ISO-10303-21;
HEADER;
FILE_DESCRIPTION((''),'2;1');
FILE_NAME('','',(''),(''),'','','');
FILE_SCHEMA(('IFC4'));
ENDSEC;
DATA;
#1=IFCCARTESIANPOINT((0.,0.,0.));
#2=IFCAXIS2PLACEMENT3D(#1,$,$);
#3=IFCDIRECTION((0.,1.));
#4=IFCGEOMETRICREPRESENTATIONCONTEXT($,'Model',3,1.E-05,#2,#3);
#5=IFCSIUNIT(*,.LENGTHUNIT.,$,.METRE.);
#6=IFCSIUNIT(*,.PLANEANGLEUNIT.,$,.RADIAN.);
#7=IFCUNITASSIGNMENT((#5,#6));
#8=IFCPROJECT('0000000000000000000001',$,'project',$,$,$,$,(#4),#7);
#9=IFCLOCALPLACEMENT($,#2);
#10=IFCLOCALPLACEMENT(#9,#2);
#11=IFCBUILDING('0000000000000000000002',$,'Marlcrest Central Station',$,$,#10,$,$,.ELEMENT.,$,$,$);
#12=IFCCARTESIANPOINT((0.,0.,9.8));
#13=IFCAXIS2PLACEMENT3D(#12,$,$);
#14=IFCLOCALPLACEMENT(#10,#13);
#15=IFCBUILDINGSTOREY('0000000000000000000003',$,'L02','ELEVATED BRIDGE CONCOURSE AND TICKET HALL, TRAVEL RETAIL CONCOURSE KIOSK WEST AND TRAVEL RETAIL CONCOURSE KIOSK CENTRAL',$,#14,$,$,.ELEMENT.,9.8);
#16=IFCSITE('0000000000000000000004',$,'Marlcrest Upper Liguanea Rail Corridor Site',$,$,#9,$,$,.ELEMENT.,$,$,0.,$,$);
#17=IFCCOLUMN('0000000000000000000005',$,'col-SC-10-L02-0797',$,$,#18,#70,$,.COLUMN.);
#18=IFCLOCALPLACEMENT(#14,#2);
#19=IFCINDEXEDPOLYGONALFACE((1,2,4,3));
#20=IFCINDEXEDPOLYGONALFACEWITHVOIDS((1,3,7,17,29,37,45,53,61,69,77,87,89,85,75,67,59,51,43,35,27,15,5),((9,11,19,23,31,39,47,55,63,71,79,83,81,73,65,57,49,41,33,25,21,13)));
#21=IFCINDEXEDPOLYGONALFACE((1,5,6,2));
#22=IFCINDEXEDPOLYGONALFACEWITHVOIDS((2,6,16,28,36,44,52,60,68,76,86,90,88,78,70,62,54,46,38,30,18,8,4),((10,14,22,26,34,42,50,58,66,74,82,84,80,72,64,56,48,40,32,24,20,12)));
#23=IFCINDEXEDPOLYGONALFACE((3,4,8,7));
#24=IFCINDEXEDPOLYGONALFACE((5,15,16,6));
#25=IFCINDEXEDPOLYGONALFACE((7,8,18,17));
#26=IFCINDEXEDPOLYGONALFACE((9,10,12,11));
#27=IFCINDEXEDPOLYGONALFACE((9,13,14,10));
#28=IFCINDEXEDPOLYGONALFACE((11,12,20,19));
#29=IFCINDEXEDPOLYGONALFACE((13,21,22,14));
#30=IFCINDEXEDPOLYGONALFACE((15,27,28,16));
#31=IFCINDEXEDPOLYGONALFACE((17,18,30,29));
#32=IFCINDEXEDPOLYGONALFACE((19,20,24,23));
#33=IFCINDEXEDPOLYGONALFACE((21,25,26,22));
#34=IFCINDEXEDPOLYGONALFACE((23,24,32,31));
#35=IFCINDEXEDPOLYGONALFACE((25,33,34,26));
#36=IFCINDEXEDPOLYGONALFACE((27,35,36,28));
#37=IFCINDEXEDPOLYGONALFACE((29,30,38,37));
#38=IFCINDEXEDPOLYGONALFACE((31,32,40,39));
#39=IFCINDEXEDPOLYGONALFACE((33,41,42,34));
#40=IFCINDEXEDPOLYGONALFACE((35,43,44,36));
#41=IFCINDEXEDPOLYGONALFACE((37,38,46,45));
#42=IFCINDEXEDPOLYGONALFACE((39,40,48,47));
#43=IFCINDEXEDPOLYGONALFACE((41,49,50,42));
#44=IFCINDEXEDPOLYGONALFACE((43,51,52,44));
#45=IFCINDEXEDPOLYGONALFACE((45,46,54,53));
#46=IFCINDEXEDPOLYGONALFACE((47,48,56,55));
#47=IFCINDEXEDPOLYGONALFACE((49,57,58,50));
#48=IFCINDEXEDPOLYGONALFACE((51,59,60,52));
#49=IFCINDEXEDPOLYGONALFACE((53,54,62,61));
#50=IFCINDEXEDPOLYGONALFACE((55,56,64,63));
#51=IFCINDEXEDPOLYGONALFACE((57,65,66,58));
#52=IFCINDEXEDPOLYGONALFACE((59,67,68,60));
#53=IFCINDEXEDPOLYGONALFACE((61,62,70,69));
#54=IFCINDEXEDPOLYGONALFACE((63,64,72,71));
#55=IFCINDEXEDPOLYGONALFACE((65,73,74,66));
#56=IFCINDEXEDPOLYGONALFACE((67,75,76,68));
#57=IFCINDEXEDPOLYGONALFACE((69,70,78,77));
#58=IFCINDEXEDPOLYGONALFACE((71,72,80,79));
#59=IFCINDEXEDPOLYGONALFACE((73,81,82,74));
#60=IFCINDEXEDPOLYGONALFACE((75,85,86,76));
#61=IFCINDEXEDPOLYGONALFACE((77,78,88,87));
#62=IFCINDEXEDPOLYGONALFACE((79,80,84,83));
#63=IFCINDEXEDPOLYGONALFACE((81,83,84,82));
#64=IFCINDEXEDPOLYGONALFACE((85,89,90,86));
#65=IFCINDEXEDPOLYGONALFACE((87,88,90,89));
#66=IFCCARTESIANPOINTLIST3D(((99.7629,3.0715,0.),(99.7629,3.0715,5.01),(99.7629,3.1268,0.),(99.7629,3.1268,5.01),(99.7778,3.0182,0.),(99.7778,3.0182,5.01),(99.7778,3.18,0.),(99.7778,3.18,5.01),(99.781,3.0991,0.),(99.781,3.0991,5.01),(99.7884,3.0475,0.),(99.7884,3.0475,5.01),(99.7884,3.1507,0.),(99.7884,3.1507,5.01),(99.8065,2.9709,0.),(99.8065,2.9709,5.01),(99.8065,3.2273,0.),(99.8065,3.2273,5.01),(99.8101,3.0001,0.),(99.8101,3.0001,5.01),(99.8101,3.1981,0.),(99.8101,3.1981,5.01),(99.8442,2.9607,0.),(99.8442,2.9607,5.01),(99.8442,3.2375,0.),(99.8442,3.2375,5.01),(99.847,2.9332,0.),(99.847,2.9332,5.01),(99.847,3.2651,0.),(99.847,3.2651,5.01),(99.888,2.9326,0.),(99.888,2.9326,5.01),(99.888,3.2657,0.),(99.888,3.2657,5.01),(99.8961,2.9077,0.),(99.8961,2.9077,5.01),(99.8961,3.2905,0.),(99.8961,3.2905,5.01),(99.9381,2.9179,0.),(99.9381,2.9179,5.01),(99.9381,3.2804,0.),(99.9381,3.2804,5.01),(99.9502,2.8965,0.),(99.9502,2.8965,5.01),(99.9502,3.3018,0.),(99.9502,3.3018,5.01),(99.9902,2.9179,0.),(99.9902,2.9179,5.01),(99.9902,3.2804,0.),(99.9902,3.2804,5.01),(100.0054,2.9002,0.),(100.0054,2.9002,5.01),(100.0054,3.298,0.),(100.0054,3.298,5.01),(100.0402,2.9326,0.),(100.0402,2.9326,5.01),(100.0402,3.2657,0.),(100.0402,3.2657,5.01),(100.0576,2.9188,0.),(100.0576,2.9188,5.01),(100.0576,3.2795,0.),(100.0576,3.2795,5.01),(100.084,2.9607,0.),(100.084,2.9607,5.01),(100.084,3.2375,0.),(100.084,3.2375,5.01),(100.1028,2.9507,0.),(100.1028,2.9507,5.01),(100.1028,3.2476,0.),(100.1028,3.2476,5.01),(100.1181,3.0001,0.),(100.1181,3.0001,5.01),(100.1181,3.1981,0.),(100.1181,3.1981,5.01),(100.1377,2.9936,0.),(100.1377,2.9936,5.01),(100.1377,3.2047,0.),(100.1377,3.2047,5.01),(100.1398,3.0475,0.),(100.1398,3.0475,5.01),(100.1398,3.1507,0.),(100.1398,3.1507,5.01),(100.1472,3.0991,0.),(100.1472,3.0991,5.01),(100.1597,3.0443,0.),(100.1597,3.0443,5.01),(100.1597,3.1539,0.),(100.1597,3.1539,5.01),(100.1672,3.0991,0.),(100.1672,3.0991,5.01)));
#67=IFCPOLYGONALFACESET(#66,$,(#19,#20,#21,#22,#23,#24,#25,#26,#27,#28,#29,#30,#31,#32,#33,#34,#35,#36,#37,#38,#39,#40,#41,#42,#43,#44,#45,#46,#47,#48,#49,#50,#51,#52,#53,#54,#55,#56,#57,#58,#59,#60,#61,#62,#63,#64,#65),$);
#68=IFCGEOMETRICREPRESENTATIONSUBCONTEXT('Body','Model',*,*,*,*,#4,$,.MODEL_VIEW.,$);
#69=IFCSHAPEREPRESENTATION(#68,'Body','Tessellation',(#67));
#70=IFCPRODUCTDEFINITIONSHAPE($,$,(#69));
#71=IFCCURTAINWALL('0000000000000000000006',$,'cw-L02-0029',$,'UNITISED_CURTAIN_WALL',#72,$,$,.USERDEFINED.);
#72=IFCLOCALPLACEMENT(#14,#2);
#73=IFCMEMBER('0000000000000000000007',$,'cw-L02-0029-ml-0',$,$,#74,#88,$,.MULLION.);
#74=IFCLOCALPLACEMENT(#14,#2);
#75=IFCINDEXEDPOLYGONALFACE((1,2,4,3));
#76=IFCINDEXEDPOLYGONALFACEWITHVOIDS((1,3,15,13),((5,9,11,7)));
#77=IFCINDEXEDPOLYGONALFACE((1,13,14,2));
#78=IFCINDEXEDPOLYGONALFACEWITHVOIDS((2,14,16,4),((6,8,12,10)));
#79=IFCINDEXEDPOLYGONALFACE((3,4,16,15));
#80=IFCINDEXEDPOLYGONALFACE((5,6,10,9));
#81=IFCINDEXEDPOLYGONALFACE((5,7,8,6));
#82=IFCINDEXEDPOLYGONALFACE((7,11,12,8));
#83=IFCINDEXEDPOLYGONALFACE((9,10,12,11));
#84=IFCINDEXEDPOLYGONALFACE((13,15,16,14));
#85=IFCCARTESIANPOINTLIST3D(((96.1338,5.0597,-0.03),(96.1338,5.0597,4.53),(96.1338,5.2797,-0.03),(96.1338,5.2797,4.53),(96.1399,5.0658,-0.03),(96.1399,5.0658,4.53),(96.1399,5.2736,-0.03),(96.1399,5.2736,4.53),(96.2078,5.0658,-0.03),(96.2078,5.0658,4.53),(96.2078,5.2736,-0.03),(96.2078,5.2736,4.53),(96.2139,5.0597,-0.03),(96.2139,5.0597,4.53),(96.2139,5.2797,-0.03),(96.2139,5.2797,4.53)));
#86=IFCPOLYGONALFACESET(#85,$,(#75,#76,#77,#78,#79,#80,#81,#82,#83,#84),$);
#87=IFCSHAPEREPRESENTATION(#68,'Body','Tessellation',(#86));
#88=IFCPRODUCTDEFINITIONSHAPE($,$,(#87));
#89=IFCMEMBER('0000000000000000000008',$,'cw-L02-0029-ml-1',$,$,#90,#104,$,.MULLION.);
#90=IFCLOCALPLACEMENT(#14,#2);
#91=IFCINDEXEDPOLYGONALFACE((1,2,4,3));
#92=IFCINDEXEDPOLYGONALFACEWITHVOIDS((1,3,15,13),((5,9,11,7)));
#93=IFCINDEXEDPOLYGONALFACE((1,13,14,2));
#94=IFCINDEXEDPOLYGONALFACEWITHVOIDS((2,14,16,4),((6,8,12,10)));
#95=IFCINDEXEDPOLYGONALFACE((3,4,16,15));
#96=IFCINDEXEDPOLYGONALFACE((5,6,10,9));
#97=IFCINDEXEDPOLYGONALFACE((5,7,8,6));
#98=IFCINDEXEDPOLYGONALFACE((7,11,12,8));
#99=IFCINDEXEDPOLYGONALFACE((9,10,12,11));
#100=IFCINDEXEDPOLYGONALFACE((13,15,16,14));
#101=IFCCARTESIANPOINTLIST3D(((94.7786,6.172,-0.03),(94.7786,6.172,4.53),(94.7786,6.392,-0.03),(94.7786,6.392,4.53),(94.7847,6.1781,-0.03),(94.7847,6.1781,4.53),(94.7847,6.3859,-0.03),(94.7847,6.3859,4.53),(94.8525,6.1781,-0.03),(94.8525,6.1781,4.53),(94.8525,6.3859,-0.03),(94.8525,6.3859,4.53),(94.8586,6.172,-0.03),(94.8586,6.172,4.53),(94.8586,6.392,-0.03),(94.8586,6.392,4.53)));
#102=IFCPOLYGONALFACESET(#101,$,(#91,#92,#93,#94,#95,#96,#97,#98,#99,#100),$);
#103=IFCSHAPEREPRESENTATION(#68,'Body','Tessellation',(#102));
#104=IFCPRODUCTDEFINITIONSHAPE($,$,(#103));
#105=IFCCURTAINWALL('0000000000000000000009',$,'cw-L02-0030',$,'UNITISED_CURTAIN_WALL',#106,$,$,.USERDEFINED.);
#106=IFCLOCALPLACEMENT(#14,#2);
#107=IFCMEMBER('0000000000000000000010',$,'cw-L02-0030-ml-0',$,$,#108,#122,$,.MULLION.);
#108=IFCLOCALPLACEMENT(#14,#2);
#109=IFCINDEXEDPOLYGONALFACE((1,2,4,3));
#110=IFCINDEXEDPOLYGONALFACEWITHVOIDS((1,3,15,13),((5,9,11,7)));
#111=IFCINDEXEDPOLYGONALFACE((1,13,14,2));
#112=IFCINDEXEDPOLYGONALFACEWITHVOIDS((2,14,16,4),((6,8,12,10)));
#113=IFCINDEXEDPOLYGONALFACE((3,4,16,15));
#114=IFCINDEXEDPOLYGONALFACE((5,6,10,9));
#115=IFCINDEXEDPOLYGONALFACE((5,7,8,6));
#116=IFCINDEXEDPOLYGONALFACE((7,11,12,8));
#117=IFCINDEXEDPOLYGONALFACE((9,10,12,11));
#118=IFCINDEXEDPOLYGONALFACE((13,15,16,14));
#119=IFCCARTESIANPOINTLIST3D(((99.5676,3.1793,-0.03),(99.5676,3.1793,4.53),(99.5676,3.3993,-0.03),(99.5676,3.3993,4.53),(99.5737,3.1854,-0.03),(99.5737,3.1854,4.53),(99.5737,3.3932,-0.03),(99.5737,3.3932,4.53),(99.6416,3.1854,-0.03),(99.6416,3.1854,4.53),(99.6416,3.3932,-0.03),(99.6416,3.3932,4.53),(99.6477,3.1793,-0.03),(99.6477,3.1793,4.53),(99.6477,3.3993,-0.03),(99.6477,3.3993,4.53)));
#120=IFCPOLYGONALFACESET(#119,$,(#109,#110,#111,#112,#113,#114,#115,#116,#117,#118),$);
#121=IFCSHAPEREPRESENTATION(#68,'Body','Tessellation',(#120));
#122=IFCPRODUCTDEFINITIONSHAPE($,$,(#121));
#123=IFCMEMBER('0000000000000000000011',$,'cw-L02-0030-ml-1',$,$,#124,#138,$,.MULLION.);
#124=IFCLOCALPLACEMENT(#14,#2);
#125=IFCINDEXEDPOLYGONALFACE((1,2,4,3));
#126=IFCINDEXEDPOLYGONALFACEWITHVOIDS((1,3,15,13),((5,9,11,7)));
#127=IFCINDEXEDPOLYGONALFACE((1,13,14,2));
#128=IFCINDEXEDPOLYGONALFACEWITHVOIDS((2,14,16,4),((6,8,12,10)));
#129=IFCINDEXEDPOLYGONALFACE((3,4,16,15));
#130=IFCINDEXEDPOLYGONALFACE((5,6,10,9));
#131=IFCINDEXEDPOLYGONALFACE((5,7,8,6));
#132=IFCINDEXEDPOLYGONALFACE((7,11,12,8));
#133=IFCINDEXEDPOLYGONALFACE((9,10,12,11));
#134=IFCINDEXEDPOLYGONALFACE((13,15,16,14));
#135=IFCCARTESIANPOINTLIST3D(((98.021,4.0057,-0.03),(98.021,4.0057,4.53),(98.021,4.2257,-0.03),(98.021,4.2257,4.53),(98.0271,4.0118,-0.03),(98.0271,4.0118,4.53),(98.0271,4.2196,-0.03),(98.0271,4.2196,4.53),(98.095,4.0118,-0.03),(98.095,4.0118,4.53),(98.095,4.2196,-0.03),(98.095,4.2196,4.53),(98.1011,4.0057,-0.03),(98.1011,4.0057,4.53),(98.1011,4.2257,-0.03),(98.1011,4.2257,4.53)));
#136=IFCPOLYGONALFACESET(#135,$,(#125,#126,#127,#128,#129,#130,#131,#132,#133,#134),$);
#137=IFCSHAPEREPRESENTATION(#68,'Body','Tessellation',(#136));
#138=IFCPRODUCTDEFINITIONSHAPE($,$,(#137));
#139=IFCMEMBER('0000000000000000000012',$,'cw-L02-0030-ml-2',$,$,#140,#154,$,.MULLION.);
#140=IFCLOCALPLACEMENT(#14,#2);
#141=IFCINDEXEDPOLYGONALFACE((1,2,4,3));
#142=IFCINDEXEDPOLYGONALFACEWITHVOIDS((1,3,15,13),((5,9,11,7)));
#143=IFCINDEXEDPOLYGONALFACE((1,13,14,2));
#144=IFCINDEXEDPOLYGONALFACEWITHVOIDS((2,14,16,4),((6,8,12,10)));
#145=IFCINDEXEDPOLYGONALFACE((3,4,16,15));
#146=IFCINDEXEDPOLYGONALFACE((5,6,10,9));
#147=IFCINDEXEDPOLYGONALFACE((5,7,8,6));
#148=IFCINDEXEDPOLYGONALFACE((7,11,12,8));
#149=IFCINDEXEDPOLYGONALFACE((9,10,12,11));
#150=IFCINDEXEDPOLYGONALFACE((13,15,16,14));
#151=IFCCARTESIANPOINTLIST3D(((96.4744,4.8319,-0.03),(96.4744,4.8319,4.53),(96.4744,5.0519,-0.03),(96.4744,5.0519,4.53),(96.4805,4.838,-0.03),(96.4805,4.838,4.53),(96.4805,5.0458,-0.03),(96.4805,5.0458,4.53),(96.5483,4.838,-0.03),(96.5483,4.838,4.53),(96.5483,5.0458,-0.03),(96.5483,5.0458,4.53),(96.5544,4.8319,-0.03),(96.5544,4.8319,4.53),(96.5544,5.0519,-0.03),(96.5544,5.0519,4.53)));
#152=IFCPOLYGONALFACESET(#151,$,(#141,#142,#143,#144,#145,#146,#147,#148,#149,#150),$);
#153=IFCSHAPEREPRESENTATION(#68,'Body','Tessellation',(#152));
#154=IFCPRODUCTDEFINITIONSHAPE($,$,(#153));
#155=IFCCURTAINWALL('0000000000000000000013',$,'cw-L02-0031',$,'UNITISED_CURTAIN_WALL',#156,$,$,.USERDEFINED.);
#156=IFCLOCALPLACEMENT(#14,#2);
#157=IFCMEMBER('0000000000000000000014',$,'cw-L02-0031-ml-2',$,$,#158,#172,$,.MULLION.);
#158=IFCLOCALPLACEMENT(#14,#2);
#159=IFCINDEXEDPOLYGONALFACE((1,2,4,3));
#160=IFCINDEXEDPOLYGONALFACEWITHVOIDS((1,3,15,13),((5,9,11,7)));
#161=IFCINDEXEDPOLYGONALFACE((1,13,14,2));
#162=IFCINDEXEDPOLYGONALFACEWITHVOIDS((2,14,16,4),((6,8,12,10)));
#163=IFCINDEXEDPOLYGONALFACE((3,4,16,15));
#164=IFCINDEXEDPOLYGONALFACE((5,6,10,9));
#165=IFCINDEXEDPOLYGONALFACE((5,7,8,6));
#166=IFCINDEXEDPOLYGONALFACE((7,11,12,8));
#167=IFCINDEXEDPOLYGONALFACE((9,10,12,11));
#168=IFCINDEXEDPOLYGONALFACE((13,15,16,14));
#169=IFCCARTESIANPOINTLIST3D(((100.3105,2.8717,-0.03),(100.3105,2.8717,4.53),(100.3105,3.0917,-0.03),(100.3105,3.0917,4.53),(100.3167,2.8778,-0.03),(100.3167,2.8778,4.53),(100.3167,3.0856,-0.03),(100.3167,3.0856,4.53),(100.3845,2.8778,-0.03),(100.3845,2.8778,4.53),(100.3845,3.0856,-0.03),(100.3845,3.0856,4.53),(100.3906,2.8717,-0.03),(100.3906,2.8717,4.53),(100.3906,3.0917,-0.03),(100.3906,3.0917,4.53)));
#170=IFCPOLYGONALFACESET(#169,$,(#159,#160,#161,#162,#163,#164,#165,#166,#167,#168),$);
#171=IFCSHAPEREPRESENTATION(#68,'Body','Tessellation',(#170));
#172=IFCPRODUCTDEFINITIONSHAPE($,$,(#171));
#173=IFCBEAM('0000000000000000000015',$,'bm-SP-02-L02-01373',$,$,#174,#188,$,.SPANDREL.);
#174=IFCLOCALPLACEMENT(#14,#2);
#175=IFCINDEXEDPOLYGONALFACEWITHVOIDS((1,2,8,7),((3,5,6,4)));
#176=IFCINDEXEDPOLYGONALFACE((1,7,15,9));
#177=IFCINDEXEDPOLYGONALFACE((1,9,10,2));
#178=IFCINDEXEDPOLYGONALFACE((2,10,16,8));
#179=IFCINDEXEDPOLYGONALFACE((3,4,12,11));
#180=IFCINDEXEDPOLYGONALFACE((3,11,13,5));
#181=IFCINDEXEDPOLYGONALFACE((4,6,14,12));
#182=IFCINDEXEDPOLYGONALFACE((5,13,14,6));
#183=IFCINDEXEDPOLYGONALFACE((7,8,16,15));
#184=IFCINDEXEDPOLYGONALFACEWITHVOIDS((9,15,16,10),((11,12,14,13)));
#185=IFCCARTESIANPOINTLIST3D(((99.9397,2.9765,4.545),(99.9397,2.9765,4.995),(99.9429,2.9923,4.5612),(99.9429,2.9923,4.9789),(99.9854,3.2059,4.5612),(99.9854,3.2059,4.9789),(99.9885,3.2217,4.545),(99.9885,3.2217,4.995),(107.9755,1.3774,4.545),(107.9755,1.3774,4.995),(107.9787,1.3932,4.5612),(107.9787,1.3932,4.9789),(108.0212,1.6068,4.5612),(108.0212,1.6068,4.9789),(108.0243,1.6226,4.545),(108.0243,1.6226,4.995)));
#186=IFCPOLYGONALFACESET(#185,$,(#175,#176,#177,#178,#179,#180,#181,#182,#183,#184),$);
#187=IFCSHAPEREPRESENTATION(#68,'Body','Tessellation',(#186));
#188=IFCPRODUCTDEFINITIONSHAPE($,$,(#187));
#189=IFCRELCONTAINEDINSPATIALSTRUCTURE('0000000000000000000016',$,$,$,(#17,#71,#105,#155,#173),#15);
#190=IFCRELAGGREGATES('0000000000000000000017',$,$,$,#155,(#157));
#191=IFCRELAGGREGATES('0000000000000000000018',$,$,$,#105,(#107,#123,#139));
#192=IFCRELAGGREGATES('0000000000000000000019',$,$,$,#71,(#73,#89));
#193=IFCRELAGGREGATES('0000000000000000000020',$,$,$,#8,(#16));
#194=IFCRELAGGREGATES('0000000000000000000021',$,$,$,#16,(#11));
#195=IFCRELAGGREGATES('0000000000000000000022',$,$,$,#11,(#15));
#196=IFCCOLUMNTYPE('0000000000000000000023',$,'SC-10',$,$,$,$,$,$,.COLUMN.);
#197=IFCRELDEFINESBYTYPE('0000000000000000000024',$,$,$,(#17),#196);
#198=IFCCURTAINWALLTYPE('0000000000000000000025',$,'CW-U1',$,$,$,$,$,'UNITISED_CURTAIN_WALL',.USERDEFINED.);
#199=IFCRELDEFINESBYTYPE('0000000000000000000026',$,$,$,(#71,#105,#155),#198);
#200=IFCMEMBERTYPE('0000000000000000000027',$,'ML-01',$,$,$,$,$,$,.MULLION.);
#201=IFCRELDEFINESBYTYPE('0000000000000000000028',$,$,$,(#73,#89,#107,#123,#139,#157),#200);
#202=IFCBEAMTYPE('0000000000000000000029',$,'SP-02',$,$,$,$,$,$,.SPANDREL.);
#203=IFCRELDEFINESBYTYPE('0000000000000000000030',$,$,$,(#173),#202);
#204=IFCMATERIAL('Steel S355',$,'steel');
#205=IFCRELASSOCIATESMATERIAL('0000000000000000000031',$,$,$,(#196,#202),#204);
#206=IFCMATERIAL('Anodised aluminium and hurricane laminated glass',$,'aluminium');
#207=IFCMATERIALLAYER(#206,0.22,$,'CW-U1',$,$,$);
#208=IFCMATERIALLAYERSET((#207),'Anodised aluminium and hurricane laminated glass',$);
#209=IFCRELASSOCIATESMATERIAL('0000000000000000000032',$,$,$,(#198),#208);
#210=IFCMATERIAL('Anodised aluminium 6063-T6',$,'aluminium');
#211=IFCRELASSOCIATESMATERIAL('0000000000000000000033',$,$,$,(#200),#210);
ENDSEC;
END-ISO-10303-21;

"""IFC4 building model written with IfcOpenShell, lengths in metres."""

from ifc_helpers import new_model, si_unit, direction, frame, origin, origin_2d, place, context, subcontext, project, spatial, hollow_rectangle, hollow_circle, extrude, material, layer, layer_set, material_profile, profile_set, type_object, element, aggregate, save


model = new_model("IFC4")

# Units and contexts
model_context = context("Model", 3, precision=1e-05, world=origin(), true_north=direction((0.0, 1.0)))
body_context = subcontext(model_context, "Body", "Model", "MODEL_VIEW")
ifc_project = project(units=[si_unit("LENGTHUNIT", "METRE"), si_unit("PLANEANGLEUNIT", "RADIAN")], contexts=[model_context])

# Site, building, storey
site_placement = place(None, origin())
site = spatial("IfcSite", under=ifc_project, at=site_placement, Name="Marlcrest Upper Liguanea Rail Corridor Site", CompositionType="ELEMENT", RefElevation=0.0)
building_placement = place(site_placement, origin())
building = spatial("IfcBuilding", under=site, at=building_placement, Name="Marlcrest Central Station", CompositionType="ELEMENT")
storey_placement = place(building_placement, frame((0.0, 0.0, 9.8)))
storey = spatial("IfcBuildingStorey", under=building, at=storey_placement, Name="L02", Description="ELEVATED BRIDGE CONCOURSE AND TICKET HALL, TRAVEL RETAIL CONCOURSE KIOSK WEST AND TRAVEL RETAIL CONCOURSE KIOSK CENTRAL", CompositionType="ELEMENT", Elevation=9.8)

# Column
ifc_material_1 = material(Name="Steel S355", Category="steel")
ifc_material_profile_1 = material_profile(ifc_material_1, hollow_circle(Radius=0.2031, WallThickness=0.02, at=origin_2d()), Name="CHS 406.4x20")
ifc_profile_set_1 = profile_set([ifc_material_profile_1], Name="Steel S355")
column_type = type_object("IfcColumnType", Name="SC-10", PredefinedType="COLUMN", material=ifc_profile_set_1)
column_placement = place(storey_placement, frame((99.9641, 3.0991, 0.0), z_axis=(0.0, 0.0, 1.0), x_axis=(1.0, 0.0, 0.0)))
element("IfcColumn", 1, at=column_placement, inside=storey, type_object=column_type, Name="col-SC-10-L02-0797", PredefinedType="COLUMN", context=body_context, shape_type="SweptSolid", body=[
    extrude(hollow_circle(Radius=0.2031, WallThickness=0.02, at=origin_2d()), origin(), (0.0, 0.0, 1.0), 5.01),
])

# Curtain walls, members
ifc_material_2 = material(Name="Anodised aluminium and hurricane laminated glass", Category="aluminium")
ifc_layer_1 = layer(ifc_material_2, 0.22, Name="CW-U1")
ifc_layer_set_1 = layer_set([ifc_layer_1], Name="Anodised aluminium and hurricane laminated glass")
curtain_wall_type = type_object("IfcCurtainWallType", Name="CW-U1", ElementType="UNITISED_CURTAIN_WALL", PredefinedType="USERDEFINED", material=ifc_layer_set_1)
curtain_wall_1_placement = place(storey_placement, origin())
curtain_wall_1 = element("IfcCurtainWall", 2, at=curtain_wall_1_placement, inside=storey, type_object=curtain_wall_type, Name="cw-L02-0029", ObjectType="UNITISED_CURTAIN_WALL", PredefinedType="USERDEFINED")
ifc_material_3 = material(Name="Anodised aluminium 6063-T6", Category="aluminium")
ifc_material_profile_2 = material_profile(ifc_material_3, hollow_rectangle(XDim=0.0801, YDim=0.22, WallThickness=0.0061, at=origin_2d()), Name="AA-RHS 220x80x6")
ifc_profile_set_2 = profile_set([ifc_material_profile_2], Name="Anodised aluminium 6063-T6")
member_type_1 = type_object("IfcMemberType", Name="ML-01", PredefinedType="MULLION", material=ifc_profile_set_2)
member_1_placement = place(storey_placement, frame((96.1738, 5.1697, -0.03), z_axis=(0.0, 0.0, 1.0), x_axis=(1.0, 0.0, 0.0)))
member_1 = element("IfcMember", 3, at=member_1_placement, type_object=member_type_1, Name="cw-L02-0029-ml-0", PredefinedType="MULLION", context=body_context, shape_type="SweptSolid", body=[
    extrude(hollow_rectangle(XDim=0.0801, YDim=0.22, WallThickness=0.0061, at=origin_2d()), origin(), (0.0, 0.0, 1.0), 4.5601),
])
member_2_placement = place(storey_placement, frame((94.8186, 6.282, -0.03), z_axis=(0.0, 0.0, 1.0), x_axis=(1.0, 0.0, 0.0)))
member_2 = element("IfcMember", 4, at=member_2_placement, type_object=member_type_1, Name="cw-L02-0029-ml-1", PredefinedType="MULLION", context=body_context, shape_type="SweptSolid", body=[
    extrude(hollow_rectangle(XDim=0.0801, YDim=0.22, WallThickness=0.0061, at=origin_2d()), origin(), (0.0, 0.0, 1.0), 4.5601),
])
curtain_wall_2_placement = place(storey_placement, origin())
curtain_wall_2 = element("IfcCurtainWall", 5, at=curtain_wall_2_placement, inside=storey, type_object=curtain_wall_type, Name="cw-L02-0030", ObjectType="UNITISED_CURTAIN_WALL", PredefinedType="USERDEFINED")
member_3_placement = place(storey_placement, frame((99.6077, 3.2893, -0.03), z_axis=(0.0, 0.0, 1.0), x_axis=(1.0, 0.0, 0.0)))
member_3 = element("IfcMember", 6, at=member_3_placement, type_object=member_type_1, Name="cw-L02-0030-ml-0", PredefinedType="MULLION", context=body_context, shape_type="SweptSolid", body=[
    extrude(hollow_rectangle(XDim=0.0801, YDim=0.22, WallThickness=0.0061, at=origin_2d()), origin(), (0.0, 0.0, 1.0), 4.5601),
])
member_4_placement = place(storey_placement, frame((98.061, 4.1157, -0.03), z_axis=(0.0, 0.0, 1.0), x_axis=(1.0, 0.0, 0.0)))
member_4 = element("IfcMember", 7, at=member_4_placement, type_object=member_type_1, Name="cw-L02-0030-ml-1", PredefinedType="MULLION", context=body_context, shape_type="SweptSolid", body=[
    extrude(hollow_rectangle(XDim=0.0801, YDim=0.22, WallThickness=0.0061, at=origin_2d()), origin(), (0.0, 0.0, 1.0), 4.5601),
])
member_5_placement = place(storey_placement, frame((96.5144, 4.9419, -0.03), z_axis=(0.0, 0.0, 1.0), x_axis=(1.0, 0.0, 0.0)))
member_5 = element("IfcMember", 8, at=member_5_placement, type_object=member_type_1, Name="cw-L02-0030-ml-2", PredefinedType="MULLION", context=body_context, shape_type="SweptSolid", body=[
    extrude(hollow_rectangle(XDim=0.0801, YDim=0.22, WallThickness=0.0061, at=origin_2d()), origin(), (0.0, 0.0, 1.0), 4.5601),
])

# Curtain wall, member
curtain_wall_3_placement = place(storey_placement, origin())
curtain_wall_3 = element("IfcCurtainWall", 9, at=curtain_wall_3_placement, inside=storey, type_object=curtain_wall_type, Name="cw-L02-0031", ObjectType="UNITISED_CURTAIN_WALL", PredefinedType="USERDEFINED")
member_6_placement = place(storey_placement, frame((100.3506, 2.9817, -0.03), z_axis=(0.0, 0.0, 1.0), x_axis=(1.0, 0.0, 0.0)))
member_6 = element("IfcMember", 10, at=member_6_placement, type_object=member_type_1, Name="cw-L02-0031-ml-2", PredefinedType="MULLION", context=body_context, shape_type="SweptSolid", body=[
    extrude(hollow_rectangle(XDim=0.0801, YDim=0.22, WallThickness=0.0061, at=origin_2d()), origin(), (0.0, 0.0, 1.0), 4.5601),
])
aggregate(curtain_wall_3, [member_6])

# Beam
ifc_material_profile_3 = material_profile(ifc_material_1, hollow_rectangle(XDim=0.25, YDim=0.45, WallThickness=0.0161, at=origin_2d()), Name="RHS 450x250x16")
ifc_profile_set_3 = profile_set([ifc_material_profile_3], Name="Steel S355")
beam_type = type_object("IfcBeamType", Name="SP-02", PredefinedType="SPANDREL", material=ifc_profile_set_3)
beam_placement = place(storey_placement, frame((99.9641, 3.0991, 4.77), z_axis=(0.980769, -0.195171, 0.0), x_axis=(0.195171, 0.980769, 0.0)))
element("IfcBeam", 11, at=beam_placement, inside=storey, type_object=beam_type, Name="bm-SP-02-L02-01373", PredefinedType="SPANDREL", context=body_context, shape_type="SweptSolid", body=[
    extrude(hollow_rectangle(XDim=0.25, YDim=0.45, WallThickness=0.0161, at=origin_2d()), origin(), (0.0, 0.0, 1.0), 8.1934),
])

aggregate(curtain_wall_2, [member_3, member_4, member_5])
aggregate(curtain_wall_1, [member_1, member_2])

save(model, "model.ifc")
